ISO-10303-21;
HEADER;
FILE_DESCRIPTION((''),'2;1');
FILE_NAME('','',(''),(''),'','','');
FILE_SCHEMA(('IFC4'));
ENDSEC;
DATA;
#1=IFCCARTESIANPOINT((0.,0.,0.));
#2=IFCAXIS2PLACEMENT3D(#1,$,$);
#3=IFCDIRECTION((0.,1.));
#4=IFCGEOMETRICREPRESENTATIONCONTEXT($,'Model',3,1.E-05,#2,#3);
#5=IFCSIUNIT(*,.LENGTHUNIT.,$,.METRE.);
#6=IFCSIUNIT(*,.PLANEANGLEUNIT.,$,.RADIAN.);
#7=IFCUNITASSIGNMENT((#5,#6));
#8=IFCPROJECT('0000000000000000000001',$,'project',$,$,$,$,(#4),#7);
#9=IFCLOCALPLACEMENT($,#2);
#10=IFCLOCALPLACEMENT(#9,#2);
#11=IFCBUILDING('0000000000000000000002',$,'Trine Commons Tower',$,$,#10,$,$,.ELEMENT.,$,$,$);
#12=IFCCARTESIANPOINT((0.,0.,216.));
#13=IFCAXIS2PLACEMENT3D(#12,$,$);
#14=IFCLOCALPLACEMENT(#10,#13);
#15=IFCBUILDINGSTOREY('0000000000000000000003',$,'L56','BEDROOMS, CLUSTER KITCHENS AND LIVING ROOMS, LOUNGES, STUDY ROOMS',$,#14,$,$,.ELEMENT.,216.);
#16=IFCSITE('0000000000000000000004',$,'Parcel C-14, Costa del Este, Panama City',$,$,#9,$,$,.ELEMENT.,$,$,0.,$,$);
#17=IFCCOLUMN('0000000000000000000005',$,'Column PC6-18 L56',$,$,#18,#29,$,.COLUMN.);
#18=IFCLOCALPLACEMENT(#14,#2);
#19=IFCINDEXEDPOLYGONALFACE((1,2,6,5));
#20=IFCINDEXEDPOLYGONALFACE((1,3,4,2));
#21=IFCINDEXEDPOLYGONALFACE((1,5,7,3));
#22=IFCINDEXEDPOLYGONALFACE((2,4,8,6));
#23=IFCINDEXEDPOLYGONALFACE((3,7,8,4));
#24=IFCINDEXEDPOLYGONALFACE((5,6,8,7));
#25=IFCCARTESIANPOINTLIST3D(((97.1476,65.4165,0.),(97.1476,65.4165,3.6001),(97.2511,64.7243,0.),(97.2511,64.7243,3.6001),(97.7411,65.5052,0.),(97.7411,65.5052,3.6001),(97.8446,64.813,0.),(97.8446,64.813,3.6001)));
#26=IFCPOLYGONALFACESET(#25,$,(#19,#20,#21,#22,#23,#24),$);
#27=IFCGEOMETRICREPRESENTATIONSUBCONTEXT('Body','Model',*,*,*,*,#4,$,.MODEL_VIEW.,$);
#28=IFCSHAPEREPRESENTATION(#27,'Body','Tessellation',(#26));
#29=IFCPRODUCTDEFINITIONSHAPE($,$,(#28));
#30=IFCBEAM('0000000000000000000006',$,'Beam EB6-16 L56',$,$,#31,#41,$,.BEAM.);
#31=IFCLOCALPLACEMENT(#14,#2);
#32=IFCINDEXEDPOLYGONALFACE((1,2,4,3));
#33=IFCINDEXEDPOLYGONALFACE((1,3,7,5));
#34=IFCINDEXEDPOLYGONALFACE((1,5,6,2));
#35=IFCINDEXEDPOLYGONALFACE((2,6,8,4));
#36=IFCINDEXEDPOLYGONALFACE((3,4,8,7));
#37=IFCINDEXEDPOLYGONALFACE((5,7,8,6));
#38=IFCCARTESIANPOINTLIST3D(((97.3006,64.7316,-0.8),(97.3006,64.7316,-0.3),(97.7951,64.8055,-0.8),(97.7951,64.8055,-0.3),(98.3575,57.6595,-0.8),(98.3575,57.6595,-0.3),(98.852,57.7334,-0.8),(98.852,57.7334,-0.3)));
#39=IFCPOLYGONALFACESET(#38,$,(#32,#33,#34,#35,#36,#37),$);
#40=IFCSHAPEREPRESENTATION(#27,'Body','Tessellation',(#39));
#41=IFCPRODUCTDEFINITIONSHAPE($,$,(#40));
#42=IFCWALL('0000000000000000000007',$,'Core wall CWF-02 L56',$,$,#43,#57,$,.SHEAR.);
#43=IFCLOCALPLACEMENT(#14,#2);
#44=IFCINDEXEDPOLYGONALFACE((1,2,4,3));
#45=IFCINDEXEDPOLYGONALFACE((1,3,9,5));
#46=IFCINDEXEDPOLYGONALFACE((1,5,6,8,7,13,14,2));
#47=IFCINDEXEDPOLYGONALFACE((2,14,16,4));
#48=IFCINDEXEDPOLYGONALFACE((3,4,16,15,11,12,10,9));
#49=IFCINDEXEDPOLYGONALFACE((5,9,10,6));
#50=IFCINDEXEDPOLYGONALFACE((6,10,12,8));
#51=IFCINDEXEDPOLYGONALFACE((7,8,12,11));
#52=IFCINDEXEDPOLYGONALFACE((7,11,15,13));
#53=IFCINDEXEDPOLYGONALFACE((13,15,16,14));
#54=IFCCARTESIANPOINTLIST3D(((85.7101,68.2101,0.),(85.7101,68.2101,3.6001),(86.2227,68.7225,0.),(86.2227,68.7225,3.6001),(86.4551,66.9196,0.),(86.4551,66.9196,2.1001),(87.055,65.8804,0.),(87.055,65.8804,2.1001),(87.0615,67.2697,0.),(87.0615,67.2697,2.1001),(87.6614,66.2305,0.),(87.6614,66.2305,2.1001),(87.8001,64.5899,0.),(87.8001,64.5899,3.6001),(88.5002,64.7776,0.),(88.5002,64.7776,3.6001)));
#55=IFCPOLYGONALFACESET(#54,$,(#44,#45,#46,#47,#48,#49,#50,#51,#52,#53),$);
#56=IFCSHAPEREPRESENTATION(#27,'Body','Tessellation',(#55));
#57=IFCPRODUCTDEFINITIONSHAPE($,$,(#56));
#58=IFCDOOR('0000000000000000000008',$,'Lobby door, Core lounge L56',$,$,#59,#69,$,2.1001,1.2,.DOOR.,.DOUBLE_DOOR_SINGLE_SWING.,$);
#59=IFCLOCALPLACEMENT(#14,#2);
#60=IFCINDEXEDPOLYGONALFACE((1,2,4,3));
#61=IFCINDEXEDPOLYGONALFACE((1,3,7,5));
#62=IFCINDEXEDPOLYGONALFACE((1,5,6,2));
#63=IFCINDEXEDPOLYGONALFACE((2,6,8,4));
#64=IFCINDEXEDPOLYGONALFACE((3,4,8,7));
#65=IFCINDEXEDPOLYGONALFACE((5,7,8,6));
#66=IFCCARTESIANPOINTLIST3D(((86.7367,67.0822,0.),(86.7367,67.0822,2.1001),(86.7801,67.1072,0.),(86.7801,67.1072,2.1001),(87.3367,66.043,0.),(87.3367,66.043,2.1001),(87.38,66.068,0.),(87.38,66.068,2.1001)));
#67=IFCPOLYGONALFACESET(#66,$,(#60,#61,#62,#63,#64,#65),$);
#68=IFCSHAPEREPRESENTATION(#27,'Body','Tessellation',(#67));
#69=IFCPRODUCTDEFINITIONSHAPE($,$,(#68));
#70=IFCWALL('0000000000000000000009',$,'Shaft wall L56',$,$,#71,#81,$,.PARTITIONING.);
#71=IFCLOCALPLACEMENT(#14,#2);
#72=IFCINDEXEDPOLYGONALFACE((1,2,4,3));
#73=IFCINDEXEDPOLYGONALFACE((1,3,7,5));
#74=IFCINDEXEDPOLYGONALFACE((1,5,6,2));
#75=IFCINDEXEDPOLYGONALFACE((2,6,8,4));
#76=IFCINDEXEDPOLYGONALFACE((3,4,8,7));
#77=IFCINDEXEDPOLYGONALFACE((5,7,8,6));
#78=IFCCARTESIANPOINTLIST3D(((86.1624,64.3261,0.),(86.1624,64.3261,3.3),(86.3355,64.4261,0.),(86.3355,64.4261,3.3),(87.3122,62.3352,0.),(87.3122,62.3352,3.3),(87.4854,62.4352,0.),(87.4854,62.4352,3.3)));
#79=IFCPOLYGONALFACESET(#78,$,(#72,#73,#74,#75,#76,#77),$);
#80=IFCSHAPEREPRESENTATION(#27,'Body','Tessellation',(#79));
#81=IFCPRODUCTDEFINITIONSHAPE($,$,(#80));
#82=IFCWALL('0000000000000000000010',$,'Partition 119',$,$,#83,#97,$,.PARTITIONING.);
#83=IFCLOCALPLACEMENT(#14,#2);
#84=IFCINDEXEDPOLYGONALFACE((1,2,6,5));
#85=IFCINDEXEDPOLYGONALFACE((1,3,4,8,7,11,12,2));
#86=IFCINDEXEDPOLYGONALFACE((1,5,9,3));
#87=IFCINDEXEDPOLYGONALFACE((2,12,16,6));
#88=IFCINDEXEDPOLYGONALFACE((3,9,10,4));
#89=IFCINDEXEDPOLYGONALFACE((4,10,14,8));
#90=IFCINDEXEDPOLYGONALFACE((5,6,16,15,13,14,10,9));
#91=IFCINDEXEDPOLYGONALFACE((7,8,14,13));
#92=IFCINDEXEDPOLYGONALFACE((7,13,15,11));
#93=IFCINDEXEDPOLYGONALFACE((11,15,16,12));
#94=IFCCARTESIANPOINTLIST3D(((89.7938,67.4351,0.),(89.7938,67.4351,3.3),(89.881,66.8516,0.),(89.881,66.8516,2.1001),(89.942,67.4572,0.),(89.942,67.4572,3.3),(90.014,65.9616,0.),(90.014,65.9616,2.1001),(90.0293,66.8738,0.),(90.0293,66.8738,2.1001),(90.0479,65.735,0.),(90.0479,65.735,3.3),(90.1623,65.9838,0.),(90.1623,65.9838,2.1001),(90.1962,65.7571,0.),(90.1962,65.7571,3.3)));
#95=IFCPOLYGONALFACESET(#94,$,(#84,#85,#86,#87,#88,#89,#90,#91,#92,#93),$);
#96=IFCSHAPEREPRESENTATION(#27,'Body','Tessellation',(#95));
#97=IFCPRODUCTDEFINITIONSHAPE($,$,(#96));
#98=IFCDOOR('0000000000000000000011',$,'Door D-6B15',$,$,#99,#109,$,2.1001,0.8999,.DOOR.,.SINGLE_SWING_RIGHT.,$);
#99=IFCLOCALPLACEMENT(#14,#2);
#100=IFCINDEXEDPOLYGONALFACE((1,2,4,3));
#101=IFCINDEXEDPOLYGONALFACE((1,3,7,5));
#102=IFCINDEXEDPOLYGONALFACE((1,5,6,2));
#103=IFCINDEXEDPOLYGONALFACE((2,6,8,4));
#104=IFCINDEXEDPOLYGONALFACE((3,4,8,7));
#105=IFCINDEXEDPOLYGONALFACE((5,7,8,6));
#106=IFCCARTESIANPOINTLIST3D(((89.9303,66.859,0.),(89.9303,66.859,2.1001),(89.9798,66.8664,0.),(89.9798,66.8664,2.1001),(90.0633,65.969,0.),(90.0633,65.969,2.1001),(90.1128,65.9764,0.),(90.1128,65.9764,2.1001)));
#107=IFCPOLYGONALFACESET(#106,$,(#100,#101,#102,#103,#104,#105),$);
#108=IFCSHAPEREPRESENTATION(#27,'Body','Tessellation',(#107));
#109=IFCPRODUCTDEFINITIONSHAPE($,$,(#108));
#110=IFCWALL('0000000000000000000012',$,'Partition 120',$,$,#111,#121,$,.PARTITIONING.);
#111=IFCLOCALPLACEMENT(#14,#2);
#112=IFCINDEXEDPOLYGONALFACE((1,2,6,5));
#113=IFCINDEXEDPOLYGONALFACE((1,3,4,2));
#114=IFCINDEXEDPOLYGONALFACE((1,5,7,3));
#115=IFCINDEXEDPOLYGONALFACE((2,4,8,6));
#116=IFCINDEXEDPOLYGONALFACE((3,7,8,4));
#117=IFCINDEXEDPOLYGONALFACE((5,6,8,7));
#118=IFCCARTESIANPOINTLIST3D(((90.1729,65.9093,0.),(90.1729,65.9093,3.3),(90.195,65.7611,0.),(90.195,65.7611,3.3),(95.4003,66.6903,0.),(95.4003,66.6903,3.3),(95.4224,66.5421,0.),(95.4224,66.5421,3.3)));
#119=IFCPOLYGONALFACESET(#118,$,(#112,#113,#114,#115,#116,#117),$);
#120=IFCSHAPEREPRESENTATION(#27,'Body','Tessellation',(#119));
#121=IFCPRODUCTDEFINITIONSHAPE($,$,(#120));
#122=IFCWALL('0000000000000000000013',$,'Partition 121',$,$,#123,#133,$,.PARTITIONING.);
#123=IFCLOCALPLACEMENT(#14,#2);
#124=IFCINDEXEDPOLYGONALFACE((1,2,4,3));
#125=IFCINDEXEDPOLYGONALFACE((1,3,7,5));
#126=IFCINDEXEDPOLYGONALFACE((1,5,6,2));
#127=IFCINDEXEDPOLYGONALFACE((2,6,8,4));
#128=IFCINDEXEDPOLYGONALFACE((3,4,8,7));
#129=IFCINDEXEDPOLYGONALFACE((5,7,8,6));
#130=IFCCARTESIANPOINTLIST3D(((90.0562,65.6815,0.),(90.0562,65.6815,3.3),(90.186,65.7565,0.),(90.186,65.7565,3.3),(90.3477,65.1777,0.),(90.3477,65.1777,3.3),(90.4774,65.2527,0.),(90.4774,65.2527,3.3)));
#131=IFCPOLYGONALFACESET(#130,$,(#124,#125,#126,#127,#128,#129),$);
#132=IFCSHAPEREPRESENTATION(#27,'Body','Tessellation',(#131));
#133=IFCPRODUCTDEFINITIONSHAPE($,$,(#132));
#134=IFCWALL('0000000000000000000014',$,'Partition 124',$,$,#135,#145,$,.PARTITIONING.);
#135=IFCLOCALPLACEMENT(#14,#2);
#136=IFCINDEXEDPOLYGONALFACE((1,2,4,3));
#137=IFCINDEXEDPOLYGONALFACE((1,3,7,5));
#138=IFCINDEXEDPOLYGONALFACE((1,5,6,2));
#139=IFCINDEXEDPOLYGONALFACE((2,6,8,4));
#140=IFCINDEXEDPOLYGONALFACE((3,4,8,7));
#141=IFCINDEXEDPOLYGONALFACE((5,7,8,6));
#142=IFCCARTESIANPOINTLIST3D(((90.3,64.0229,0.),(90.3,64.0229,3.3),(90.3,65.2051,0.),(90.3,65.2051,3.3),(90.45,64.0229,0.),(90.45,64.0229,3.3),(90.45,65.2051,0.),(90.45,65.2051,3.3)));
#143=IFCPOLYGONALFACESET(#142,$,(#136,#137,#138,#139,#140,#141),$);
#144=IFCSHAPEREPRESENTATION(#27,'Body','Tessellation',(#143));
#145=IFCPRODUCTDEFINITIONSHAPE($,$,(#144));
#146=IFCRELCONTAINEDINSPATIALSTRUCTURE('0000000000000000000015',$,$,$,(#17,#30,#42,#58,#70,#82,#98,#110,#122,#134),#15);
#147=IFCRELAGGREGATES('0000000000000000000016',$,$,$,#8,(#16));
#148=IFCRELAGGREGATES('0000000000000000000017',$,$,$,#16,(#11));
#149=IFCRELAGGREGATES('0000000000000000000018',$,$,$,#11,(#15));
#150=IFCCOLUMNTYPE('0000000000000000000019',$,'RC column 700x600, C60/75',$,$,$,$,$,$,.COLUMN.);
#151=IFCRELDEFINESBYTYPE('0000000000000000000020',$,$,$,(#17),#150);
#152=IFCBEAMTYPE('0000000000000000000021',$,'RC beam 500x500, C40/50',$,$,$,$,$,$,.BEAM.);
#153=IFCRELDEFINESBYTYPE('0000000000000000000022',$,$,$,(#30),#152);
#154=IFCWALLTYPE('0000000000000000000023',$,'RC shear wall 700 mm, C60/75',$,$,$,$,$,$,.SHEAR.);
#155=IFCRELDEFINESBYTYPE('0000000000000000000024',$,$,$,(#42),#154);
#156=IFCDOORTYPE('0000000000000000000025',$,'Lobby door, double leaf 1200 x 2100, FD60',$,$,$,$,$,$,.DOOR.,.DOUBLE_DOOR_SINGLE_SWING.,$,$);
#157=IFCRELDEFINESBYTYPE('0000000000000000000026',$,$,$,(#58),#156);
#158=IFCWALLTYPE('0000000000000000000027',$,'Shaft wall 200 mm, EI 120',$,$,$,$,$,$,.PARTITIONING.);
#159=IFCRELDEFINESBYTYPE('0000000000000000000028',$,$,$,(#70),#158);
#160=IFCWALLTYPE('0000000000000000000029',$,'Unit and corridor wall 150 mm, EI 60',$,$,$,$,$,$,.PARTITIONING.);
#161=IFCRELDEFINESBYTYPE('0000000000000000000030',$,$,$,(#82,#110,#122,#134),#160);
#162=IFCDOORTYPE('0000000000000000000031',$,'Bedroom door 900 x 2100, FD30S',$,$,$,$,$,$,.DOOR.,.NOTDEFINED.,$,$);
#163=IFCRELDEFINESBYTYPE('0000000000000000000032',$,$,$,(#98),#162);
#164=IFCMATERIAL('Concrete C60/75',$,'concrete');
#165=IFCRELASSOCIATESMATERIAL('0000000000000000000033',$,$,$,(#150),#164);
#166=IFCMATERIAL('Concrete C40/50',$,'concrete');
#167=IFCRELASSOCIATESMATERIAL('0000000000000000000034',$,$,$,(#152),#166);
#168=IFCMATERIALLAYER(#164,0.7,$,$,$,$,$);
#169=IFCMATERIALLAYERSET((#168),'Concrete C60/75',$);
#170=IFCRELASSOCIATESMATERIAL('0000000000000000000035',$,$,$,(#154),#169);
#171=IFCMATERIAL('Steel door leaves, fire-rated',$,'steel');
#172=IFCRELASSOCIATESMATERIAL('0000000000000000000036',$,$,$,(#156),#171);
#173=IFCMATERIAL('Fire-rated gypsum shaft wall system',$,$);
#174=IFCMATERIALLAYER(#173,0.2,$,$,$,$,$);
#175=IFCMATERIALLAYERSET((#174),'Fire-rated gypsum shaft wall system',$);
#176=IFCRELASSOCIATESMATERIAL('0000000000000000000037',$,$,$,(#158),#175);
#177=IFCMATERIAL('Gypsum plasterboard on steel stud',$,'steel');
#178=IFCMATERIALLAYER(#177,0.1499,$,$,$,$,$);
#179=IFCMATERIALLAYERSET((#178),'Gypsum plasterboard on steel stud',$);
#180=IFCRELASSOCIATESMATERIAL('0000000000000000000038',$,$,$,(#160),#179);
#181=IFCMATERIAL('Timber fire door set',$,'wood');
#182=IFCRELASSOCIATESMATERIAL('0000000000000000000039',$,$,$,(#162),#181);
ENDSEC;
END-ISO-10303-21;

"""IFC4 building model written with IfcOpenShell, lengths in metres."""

from ifc_helpers import new_model, si_unit, direction, frame, frame_2d, origin, origin_2d, place, context, subcontext, project, spatial, polyline, rectangle, outline, extrude, material, layer, layer_set, material_profile, profile_set, type_object, element, fill, save


model = new_model("IFC4")

# Units and contexts
model_context = context("Model", 3, precision=1e-05, world=origin(), true_north=direction((0.0, 1.0)))
body_context = subcontext(model_context, "Body", "Model", "MODEL_VIEW")
ifc_project = project(units=[si_unit("LENGTHUNIT", "METRE"), si_unit("PLANEANGLEUNIT", "RADIAN")], contexts=[model_context])

# Site, building, storey
site_placement = place(None, origin())
site = spatial("IfcSite", under=ifc_project, at=site_placement, Name="Parcel C-14, Costa del Este, Panama City", CompositionType="ELEMENT", RefElevation=0.0)
building_placement = place(site_placement, origin())
building = spatial("IfcBuilding", under=site, at=building_placement, Name="Trine Commons Tower", CompositionType="ELEMENT")
storey_placement = place(building_placement, frame((0.0, 0.0, 216.0)))
storey = spatial("IfcBuildingStorey", under=building, at=storey_placement, Name="L56", Description="BEDROOMS, CLUSTER KITCHENS AND LIVING ROOMS, LOUNGES, STUDY ROOMS", CompositionType="ELEMENT", Elevation=216.0)

# Column
ifc_material_1 = material(Name="Concrete C60/75", Category="concrete")
ifc_material_profile_1 = material_profile(ifc_material_1, rectangle(XDim=0.7, YDim=0.6001, at=origin_2d()), Name="RC 700x600")
ifc_profile_set_1 = profile_set([ifc_material_profile_1], Name="Concrete C60/75")
column_type = type_object("IfcColumnType", Name="RC column 700x600, C60/75", PredefinedType="COLUMN", material=ifc_profile_set_1)
column_placement = place(storey_placement, frame((97.4961, 65.1147, 0.0), z_axis=(0.0, 0.0, 1.0), x_axis=(-0.147809, 0.989016, 0.0)))
element("IfcColumn", 1, at=column_placement, inside=storey, type_object=column_type, Name="Column PC6-18 L56", PredefinedType="COLUMN", context=body_context, shape_type="SweptSolid", body=[
    extrude(rectangle(XDim=0.7, YDim=0.6001, at=origin_2d()), origin(), (0.0, 0.0, 1.0), 3.6001),
])

# Beam
ifc_material_2 = material(Name="Concrete C40/50", Category="concrete")
ifc_material_profile_2 = material_profile(ifc_material_2, rectangle(XDim=0.5, YDim=0.5, at=origin_2d()), Name="RC 500x500")
ifc_profile_set_2 = profile_set([ifc_material_profile_2], Name="Concrete C40/50")
beam_type = type_object("IfcBeamType", Name="RC beam 500x500, C40/50", PredefinedType="BEAM", material=ifc_profile_set_2)
beam_placement = place(storey_placement, frame((97.5479, 64.7686, -0.55), z_axis=(0.147804, -0.989017, 0.0), x_axis=(0.989017, 0.147804, 0.0)))
element("IfcBeam", 2, at=beam_placement, inside=storey, type_object=beam_type, Name="Beam EB6-16 L56", PredefinedType="BEAM", context=body_context, shape_type="SweptSolid", body=[
    extrude(rectangle(XDim=0.5, YDim=0.5, at=origin_2d()), origin(), (0.0, 0.0, 1.0), 7.1506),
])

# Wall, opening, door
ifc_layer_1 = layer(ifc_material_1, 0.7)
ifc_layer_set_1 = layer_set([ifc_layer_1], Name="Concrete C60/75")
wall_type_1 = type_object("IfcWallType", Name="RC shear wall 700 mm, C60/75", PredefinedType="SHEAR", material=ifc_layer_set_1)
wall_1_placement = place(storey_placement, frame((88.197, 64.6025, 0.0), z_axis=(0.0, 0.0, 1.0), x_axis=(-0.499984, 0.866035, 0.0)))
wall_1 = element("IfcWall", 3, at=wall_1_placement, inside=storey, type_object=wall_type_1, Name="Core wall CWF-02 L56", PredefinedType="SHEAR", context=body_context, shape_type="SweptSolid", body=[
    extrude(outline(polyline([(0.0, -0.3501), (4.5552, -0.3501), (4.3677, 0.3501), (0.1875, 0.3501), (0.0, -0.3501)])), origin(), (0.0, 0.0, 1.0), 3.6001),
])
opening_1_placement = place(wall_1_placement, frame((1.6775, 0.0, 0.0)))
opening_1 = element("IfcOpeningElement", 4, at=opening_1_placement, cuts=wall_1, PredefinedType="OPENING", context=body_context, shape_type="SweptSolid", body=[
    extrude(rectangle(XDim=1.2, YDim=2.1001, at=frame_2d((0.6001, 1.05))), frame((0.0, 0.3599, 0.0), z_axis=(0.0, -1.0, 0.0), x_axis=(1.0, 0.0, 0.0)), (0.0, 0.0, 1.0), 0.72),
])
ifc_material_3 = material(Name="Steel door leaves, fire-rated", Category="steel")
door_type_1 = type_object("IfcDoorType", Name="Lobby door, double leaf 1200 x 2100, FD60", OperationType="DOUBLE_DOOR_SINGLE_SWING", PredefinedType="DOOR", material=ifc_material_3)
door_1_placement = place(opening_1_placement, origin())
door_1 = element("IfcDoor", 5, at=door_1_placement, inside=storey, type_object=door_type_1, Name="Lobby door, Core lounge L56", OperationType="DOUBLE_DOOR_SINGLE_SWING", OverallHeight=2.1001, OverallWidth=1.2, PredefinedType="DOOR", context=body_context, shape_type="SweptSolid", body=[
    extrude(rectangle(XDim=1.2, YDim=2.1001, at=frame_2d((0.6001, 1.05))), frame((0.0, 0.0249, 0.0), z_axis=(0.0, -1.0, 0.0), x_axis=(1.0, 0.0, 0.0)), (0.0, 0.0, 1.0), 0.05),
])
fill(opening_1, door_1)

# Wall
ifc_material_4 = material(Name="Fire-rated gypsum shaft wall system")
ifc_layer_2 = layer(ifc_material_4, 0.2)
ifc_layer_set_2 = layer_set([ifc_layer_2], Name="Fire-rated gypsum shaft wall system")
wall_type_2 = type_object("IfcWallType", Name="Shaft wall 200 mm, EI 120", PredefinedType="PARTITIONING", material=ifc_layer_set_2)
wall_2_placement = place(storey_placement, frame((86.249, 64.376, 0.0), z_axis=(0.0, 0.0, 1.0), x_axis=(0.500136, -0.865947, 0.0)))
element("IfcWall", 6, at=wall_2_placement, inside=storey, type_object=wall_type_2, Name="Shaft wall L56", PredefinedType="PARTITIONING", context=body_context, shape_type="SweptSolid", body=[
    extrude(rectangle(XDim=2.2991, YDim=0.2, at=frame_2d((1.1494, 0.0))), origin(), (0.0, 0.0, 1.0), 3.3),
])

# Wall, opening, door
ifc_material_5 = material(Name="Gypsum plasterboard on steel stud", Category="steel")
ifc_layer_3 = layer(ifc_material_5, 0.1499)
ifc_layer_set_3 = layer_set([ifc_layer_3], Name="Gypsum plasterboard on steel stud")
wall_type_3 = type_object("IfcWallType", Name="Unit and corridor wall 150 mm, EI 60", PredefinedType="PARTITIONING", material=ifc_layer_set_3)
wall_3_placement = place(storey_placement, frame((89.8679, 67.446, 0.0), z_axis=(0.0, 0.0, 1.0), x_axis=(0.14784, -0.989011, 0.0)))
wall_3 = element("IfcWall", 7, at=wall_3_placement, inside=storey, type_object=wall_type_3, Name="Partition 119", PredefinedType="PARTITIONING", context=body_context, shape_type="SweptSolid", body=[
    extrude(rectangle(XDim=1.719, YDim=0.1499, at=frame_2d((0.8594, 0.0))), origin(), (0.0, 0.0, 1.0), 3.3),
])
opening_2_placement = place(wall_3_placement, frame((0.5898, 0.0, 0.0)))
opening_2 = element("IfcOpeningElement", 8, at=opening_2_placement, cuts=wall_3, PredefinedType="OPENING", context=body_context, shape_type="SweptSolid", body=[
    extrude(rectangle(XDim=0.8999, YDim=2.1001, at=frame_2d((0.45, 1.05))), frame((0.0, 0.085, 0.0), z_axis=(0.0, -1.0, 0.0), x_axis=(1.0, 0.0, 0.0)), (0.0, 0.0, 1.0), 0.1699),
])
ifc_material_6 = material(Name="Timber fire door set", Category="wood")
door_type_2 = type_object("IfcDoorType", Name="Bedroom door 900 x 2100, FD30S", OperationType="NOTDEFINED", PredefinedType="DOOR", material=ifc_material_6)
door_2_placement = place(opening_2_placement, origin())
door_2 = element("IfcDoor", 9, at=door_2_placement, inside=storey, type_object=door_type_2, Name="Door D-6B15", OperationType="SINGLE_SWING_RIGHT", OverallHeight=2.1001, OverallWidth=0.8999, PredefinedType="DOOR", context=body_context, shape_type="SweptSolid", body=[
    extrude(rectangle(XDim=0.8999, YDim=2.1001, at=frame_2d((0.45, 1.05))), frame((0.0, 0.0249, 0.0), z_axis=(0.0, -1.0, 0.0), x_axis=(1.0, 0.0, 0.0)), (0.0, 0.0, 1.0), 0.05),
])
fill(opening_2, door_2)

# Walls
wall_4_placement = place(storey_placement, frame((90.1841, 65.8352, 0.0), z_axis=(0.0, 0.0, 1.0), x_axis=(0.989022, 0.147769, 0.0)))
element("IfcWall", 10, at=wall_4_placement, inside=storey, type_object=wall_type_3, Name="Partition 120", PredefinedType="PARTITIONING", context=body_context, shape_type="SweptSolid", body=[
    extrude(rectangle(XDim=5.2854, YDim=0.1499, at=frame_2d((2.6426, 0.0))), origin(), (0.0, 0.0, 1.0), 3.3),
])
wall_5_placement = place(storey_placement, frame((90.1211, 65.719, 0.0), z_axis=(0.0, 0.0, 1.0), x_axis=(0.500739, -0.865599, 0.0)))
element("IfcWall", 11, at=wall_5_placement, inside=storey, type_object=wall_type_3, Name="Partition 121", PredefinedType="PARTITIONING", context=body_context, shape_type="SweptSolid", body=[
    extrude(rectangle(XDim=0.582, YDim=0.1499, at=frame_2d((0.291, 0.0))), origin(), (0.0, 0.0, 1.0), 3.3),
])
wall_6_placement = place(storey_placement, frame((90.375, 64.0229, 0.0), z_axis=(0.0, 0.0, 1.0), x_axis=(0.0, 1.0, 0.0)))
element("IfcWall", 12, at=wall_6_placement, inside=storey, type_object=wall_type_3, Name="Partition 124", PredefinedType="PARTITIONING", context=body_context, shape_type="SweptSolid", body=[
    extrude(rectangle(XDim=1.1821, YDim=0.1499, at=frame_2d((0.5911, 0.0))), origin(), (0.0, 0.0, 1.0), 3.3),
])

save(model, "model.ifc")
